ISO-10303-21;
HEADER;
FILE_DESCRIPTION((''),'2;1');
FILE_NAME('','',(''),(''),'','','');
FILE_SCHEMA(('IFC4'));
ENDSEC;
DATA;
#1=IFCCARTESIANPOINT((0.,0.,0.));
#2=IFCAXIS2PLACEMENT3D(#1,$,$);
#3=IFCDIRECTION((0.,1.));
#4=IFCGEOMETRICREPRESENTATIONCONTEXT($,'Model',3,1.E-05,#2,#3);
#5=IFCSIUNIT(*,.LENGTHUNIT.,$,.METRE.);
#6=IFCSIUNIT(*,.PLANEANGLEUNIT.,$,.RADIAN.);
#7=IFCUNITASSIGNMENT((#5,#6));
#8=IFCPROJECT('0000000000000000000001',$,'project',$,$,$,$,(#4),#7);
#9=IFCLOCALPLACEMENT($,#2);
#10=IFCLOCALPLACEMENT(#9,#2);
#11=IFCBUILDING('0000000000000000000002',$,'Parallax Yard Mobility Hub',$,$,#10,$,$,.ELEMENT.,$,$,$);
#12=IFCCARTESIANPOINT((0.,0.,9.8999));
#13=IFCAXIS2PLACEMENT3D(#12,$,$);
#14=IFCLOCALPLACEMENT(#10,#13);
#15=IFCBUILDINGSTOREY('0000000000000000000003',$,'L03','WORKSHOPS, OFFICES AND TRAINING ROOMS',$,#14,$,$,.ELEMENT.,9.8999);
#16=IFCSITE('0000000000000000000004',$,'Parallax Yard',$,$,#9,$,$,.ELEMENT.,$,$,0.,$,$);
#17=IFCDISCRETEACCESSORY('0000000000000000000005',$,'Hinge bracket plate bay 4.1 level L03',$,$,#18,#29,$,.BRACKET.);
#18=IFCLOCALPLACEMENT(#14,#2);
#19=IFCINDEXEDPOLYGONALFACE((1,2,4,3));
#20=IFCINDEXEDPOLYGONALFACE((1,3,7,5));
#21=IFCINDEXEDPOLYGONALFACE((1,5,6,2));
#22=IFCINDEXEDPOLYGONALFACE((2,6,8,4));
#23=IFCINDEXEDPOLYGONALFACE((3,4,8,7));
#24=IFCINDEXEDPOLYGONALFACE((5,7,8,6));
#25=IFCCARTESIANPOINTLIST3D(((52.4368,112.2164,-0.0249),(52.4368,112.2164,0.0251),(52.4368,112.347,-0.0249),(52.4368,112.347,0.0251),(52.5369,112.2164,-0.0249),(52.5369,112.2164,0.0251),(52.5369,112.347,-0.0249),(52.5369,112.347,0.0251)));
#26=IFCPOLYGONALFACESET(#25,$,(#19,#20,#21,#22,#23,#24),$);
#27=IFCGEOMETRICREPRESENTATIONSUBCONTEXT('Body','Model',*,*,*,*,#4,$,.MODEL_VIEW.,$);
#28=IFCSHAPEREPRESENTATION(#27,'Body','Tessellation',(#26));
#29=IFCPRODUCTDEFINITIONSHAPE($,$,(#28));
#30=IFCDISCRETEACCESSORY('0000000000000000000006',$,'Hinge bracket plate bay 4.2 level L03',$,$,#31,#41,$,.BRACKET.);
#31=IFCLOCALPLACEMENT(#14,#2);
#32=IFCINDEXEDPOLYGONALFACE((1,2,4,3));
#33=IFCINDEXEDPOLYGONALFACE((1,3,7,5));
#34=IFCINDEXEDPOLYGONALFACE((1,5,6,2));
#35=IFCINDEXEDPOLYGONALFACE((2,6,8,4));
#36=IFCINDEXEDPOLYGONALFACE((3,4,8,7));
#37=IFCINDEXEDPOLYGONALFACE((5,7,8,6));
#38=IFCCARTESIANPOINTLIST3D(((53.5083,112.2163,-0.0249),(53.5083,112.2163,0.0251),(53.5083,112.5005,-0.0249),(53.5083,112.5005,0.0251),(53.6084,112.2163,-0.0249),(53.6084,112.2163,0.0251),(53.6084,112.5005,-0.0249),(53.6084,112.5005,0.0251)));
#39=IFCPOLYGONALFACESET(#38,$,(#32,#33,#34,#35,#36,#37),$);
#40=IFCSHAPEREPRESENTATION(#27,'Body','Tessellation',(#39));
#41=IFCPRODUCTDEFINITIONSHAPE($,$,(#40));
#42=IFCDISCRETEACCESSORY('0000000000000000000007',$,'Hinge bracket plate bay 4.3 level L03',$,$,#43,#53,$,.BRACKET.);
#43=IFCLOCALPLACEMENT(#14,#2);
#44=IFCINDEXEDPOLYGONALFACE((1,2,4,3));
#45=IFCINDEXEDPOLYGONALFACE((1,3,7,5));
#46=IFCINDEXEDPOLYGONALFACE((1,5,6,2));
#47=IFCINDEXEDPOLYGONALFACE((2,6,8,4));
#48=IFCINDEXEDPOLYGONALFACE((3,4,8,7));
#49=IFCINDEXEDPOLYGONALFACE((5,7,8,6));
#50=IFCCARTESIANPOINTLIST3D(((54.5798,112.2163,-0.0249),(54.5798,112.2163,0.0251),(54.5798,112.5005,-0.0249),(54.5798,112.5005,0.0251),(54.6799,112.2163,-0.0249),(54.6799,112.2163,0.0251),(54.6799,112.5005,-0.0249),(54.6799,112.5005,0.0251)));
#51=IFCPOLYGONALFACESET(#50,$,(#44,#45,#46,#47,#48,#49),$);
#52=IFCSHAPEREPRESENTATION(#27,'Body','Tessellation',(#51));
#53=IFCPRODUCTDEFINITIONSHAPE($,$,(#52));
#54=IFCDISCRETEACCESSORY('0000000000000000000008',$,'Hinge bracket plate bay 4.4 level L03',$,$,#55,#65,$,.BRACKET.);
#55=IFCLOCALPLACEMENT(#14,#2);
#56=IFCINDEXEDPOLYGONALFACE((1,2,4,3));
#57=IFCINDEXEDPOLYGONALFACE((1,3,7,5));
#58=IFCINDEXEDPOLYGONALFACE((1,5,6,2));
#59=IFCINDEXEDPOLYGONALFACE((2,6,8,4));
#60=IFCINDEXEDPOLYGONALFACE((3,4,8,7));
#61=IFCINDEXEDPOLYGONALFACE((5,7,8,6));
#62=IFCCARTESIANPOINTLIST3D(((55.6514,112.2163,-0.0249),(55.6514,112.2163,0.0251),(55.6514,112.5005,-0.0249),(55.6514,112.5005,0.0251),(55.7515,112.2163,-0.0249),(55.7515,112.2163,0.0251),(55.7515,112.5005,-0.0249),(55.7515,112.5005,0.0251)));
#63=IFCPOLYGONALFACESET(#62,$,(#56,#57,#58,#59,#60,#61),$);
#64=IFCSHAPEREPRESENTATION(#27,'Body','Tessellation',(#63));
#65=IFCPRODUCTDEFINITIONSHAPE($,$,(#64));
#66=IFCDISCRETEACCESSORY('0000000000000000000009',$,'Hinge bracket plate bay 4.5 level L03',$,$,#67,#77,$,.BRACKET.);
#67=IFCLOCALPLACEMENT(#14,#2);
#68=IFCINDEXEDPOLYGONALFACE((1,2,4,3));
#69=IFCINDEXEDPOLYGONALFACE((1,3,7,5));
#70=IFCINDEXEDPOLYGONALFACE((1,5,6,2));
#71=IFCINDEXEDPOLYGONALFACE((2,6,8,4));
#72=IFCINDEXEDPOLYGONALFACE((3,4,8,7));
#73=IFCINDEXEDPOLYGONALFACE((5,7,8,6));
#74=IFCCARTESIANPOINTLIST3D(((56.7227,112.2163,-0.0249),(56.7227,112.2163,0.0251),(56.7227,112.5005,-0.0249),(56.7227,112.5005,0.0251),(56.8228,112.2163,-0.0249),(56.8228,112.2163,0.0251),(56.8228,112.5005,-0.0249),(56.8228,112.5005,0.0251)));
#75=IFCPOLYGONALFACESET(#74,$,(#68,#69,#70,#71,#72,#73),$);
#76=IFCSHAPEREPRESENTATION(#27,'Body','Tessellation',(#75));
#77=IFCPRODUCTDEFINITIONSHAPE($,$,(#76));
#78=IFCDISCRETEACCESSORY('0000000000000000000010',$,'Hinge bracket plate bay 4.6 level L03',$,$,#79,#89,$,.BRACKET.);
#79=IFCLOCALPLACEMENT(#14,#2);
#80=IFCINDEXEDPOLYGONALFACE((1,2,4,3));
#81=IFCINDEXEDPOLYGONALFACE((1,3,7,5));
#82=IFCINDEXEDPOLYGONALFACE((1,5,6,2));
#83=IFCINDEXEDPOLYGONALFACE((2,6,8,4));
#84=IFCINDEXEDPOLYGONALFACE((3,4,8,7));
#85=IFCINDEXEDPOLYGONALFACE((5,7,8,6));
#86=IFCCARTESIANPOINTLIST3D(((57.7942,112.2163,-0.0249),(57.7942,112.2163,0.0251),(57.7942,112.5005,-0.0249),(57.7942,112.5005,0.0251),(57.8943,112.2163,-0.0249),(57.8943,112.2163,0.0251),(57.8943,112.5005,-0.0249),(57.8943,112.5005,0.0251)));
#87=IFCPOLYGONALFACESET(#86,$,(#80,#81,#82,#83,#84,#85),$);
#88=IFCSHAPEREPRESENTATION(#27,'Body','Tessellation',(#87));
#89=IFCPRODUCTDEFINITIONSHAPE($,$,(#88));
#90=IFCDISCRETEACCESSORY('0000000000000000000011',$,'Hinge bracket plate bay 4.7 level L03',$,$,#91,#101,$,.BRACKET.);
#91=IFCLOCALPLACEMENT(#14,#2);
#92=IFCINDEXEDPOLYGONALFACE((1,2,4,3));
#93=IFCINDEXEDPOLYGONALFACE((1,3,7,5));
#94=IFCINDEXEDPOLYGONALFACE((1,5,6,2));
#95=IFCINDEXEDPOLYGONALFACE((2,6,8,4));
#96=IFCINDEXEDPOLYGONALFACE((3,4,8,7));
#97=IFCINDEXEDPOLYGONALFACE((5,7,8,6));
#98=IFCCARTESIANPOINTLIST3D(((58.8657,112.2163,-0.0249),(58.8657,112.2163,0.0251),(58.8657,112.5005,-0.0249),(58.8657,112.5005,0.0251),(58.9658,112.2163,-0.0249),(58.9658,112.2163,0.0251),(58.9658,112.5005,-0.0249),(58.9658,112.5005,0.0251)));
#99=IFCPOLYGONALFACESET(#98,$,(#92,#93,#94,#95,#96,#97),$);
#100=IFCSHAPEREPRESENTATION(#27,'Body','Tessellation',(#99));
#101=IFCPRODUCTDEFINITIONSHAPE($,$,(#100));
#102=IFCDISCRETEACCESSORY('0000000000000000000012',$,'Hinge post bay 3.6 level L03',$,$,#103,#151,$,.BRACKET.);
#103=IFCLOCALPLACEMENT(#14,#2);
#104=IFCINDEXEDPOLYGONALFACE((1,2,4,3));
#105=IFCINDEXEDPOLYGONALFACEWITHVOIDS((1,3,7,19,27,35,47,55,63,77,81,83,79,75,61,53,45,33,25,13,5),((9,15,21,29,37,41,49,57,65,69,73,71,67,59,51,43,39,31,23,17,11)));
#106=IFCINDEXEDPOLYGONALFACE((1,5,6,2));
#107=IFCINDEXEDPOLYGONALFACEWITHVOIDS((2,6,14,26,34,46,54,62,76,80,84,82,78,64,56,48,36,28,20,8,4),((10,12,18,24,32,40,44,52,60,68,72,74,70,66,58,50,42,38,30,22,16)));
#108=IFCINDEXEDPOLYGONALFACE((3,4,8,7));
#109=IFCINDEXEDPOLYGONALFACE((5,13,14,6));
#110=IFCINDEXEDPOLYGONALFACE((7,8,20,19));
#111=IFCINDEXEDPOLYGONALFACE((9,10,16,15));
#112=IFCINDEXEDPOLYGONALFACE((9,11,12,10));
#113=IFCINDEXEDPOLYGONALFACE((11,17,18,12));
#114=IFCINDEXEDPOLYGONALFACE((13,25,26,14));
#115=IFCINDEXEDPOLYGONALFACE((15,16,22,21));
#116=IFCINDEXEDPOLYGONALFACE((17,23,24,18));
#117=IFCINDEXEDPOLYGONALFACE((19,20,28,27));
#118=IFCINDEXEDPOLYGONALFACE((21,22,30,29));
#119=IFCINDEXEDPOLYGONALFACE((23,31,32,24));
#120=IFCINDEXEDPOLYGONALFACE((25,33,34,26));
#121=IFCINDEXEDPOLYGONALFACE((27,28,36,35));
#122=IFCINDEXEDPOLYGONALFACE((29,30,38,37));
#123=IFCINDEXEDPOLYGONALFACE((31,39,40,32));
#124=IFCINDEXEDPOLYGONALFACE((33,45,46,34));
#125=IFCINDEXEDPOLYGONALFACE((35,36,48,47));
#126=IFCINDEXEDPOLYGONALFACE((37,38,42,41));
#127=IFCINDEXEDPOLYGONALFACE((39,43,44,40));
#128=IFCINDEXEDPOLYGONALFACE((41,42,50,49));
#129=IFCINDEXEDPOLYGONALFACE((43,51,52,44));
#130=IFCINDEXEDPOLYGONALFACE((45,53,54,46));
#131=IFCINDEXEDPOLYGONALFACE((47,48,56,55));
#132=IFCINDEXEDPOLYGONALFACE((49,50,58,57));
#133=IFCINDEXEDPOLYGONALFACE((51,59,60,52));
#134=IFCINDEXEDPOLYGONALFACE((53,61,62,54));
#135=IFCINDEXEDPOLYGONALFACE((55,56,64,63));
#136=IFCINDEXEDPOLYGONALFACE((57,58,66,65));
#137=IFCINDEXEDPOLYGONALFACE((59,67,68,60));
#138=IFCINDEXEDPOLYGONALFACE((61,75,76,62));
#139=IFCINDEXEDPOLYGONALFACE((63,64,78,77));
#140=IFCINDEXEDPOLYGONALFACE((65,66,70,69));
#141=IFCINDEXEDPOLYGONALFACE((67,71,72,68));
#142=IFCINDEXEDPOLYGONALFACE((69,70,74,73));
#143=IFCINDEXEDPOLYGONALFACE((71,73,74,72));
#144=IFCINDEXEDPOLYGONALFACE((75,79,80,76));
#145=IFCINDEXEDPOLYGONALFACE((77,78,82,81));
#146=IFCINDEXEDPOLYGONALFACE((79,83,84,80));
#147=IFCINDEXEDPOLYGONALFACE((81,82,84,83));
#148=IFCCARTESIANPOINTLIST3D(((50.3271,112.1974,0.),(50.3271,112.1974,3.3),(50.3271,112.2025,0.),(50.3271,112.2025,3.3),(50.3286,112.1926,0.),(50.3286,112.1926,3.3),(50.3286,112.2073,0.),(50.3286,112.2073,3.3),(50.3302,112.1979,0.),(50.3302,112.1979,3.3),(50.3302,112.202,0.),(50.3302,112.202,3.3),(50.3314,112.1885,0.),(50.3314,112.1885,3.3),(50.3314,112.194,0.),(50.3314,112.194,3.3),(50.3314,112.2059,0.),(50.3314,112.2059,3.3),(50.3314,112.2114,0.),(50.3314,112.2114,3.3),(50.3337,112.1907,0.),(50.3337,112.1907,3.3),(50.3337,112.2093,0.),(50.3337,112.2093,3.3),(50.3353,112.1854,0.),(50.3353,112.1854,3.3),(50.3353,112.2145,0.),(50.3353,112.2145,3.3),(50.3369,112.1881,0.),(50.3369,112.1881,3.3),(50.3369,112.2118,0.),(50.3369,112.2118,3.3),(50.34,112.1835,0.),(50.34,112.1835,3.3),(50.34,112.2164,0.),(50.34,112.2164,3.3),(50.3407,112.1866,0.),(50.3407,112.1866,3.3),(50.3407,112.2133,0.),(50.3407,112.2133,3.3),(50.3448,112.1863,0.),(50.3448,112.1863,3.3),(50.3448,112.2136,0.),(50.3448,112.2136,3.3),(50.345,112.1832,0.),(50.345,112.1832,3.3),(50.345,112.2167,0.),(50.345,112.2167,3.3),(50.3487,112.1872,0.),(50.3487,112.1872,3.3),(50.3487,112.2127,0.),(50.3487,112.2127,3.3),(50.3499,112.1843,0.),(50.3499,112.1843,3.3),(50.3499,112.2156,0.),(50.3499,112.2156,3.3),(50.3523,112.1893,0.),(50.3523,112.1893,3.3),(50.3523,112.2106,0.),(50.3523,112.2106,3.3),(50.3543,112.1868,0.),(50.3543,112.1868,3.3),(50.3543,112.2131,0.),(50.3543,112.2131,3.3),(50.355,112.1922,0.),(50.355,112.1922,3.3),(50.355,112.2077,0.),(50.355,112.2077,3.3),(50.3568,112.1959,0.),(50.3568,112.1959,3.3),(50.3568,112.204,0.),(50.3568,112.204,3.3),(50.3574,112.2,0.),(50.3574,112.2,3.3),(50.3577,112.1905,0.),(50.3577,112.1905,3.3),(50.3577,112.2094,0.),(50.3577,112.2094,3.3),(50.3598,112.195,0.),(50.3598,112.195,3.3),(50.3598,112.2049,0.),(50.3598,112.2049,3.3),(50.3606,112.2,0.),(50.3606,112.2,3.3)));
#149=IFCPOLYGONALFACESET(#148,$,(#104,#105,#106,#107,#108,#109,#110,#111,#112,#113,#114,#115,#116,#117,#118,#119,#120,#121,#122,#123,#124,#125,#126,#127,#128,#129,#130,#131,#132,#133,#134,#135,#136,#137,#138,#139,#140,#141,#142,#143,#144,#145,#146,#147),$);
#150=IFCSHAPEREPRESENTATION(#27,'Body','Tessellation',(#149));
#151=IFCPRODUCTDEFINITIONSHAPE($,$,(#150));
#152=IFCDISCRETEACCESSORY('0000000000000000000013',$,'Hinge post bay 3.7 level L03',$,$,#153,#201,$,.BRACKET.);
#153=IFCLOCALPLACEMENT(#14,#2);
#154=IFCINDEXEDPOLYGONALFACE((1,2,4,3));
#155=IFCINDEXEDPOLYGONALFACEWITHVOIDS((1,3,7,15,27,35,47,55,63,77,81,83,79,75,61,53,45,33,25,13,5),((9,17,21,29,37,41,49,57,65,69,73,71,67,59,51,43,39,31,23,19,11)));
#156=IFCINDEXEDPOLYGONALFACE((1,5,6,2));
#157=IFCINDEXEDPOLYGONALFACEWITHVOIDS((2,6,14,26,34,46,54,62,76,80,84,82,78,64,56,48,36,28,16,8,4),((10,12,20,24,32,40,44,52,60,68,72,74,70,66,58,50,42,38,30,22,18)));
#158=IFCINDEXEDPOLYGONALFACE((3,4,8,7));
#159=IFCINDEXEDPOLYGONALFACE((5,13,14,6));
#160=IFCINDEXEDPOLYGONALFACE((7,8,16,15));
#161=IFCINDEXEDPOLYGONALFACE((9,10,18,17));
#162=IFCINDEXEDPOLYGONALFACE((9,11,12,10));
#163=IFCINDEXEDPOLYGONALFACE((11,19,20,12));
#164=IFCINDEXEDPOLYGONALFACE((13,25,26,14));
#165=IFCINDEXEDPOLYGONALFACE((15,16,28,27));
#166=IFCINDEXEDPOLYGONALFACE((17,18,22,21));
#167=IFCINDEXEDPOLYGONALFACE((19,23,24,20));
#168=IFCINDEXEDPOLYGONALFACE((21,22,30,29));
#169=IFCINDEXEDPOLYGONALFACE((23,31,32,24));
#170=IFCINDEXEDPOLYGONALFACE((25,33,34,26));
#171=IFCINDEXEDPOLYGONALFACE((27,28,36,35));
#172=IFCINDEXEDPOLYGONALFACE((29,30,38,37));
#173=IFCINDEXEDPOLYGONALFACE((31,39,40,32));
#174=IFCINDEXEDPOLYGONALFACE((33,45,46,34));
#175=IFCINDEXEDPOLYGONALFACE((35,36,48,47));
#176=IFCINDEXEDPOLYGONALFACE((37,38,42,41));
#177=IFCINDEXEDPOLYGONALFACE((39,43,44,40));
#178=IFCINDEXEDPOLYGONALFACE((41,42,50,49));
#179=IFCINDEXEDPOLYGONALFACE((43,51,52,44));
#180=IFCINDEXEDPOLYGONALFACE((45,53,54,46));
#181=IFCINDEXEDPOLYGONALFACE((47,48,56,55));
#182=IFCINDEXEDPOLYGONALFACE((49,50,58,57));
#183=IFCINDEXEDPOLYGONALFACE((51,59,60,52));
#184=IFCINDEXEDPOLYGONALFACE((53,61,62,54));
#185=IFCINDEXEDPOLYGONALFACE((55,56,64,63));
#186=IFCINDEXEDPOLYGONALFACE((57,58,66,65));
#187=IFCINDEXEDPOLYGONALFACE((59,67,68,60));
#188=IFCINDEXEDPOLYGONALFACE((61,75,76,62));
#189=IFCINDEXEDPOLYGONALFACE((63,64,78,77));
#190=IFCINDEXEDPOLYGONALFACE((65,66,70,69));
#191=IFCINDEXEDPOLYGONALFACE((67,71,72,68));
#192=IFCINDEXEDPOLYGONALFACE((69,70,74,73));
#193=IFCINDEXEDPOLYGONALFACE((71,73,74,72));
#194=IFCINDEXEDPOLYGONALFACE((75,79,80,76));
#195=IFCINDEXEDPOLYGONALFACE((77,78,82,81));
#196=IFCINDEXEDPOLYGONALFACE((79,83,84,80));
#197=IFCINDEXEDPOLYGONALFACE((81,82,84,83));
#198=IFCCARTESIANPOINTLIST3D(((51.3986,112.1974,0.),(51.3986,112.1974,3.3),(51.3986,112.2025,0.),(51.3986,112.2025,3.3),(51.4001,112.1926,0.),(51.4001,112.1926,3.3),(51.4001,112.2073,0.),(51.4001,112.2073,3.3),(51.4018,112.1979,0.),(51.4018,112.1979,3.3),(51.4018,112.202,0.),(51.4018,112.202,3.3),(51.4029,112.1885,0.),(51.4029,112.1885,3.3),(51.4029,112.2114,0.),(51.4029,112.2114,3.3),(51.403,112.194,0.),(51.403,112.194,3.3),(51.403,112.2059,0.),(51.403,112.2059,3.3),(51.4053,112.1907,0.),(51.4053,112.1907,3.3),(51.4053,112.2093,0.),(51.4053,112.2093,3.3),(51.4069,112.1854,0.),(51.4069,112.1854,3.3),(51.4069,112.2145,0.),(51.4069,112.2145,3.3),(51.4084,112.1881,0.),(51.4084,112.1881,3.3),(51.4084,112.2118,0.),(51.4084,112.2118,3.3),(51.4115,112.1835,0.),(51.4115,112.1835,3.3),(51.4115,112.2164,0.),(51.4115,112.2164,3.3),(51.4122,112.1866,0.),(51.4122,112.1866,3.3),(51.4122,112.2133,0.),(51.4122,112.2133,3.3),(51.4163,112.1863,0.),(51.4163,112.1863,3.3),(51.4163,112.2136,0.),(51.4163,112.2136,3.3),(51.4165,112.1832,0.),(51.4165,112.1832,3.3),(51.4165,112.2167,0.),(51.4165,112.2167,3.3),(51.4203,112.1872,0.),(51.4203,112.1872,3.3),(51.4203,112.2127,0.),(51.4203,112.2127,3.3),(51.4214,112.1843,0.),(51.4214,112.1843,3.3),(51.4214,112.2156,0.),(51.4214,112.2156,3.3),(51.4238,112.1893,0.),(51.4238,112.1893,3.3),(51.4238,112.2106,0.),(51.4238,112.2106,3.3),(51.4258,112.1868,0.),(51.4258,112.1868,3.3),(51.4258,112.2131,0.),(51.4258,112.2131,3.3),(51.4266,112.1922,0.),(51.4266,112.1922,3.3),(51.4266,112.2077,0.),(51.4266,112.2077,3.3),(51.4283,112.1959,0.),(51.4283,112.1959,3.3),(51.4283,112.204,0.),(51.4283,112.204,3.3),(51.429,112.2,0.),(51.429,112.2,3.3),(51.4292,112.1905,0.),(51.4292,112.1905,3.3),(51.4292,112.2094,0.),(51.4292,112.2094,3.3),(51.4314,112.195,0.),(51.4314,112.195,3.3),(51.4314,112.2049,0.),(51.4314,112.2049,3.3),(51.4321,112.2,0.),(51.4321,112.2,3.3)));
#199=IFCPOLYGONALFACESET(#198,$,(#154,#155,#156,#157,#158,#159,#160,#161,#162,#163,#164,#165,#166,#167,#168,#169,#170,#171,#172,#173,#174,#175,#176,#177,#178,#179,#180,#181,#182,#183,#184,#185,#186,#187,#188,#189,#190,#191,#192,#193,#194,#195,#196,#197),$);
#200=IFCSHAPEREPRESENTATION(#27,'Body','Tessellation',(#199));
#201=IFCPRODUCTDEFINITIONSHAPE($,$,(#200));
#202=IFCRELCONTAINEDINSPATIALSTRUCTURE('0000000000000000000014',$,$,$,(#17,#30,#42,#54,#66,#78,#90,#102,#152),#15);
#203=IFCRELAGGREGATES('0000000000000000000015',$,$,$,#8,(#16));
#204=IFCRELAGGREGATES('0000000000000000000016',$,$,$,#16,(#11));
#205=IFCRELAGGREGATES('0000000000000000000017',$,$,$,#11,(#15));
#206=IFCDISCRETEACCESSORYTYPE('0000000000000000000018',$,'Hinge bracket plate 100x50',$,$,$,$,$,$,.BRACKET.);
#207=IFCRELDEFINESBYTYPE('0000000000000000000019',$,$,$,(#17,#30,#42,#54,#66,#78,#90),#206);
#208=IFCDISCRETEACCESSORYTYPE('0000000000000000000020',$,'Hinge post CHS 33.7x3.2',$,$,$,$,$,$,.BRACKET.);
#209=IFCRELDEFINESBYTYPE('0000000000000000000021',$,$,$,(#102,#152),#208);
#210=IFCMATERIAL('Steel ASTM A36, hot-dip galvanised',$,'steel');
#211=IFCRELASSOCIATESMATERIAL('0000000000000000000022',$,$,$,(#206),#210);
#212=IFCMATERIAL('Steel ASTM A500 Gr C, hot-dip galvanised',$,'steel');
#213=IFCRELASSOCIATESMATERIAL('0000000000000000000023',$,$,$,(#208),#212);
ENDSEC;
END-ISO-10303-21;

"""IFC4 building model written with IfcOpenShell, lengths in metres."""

from ifc_helpers import new_model, si_unit, direction, frame, origin, origin_2d, place, context, subcontext, project, spatial, rectangle, hollow_circle, extrude, material, material_profile, profile_set, type_object, element, save


model = new_model("IFC4")

# Units and contexts
model_context = context("Model", 3, precision=1e-05, world=origin(), true_north=direction((0.0, 1.0)))
body_context = subcontext(model_context, "Body", "Model", "MODEL_VIEW")
ifc_project = project(units=[si_unit("LENGTHUNIT", "METRE"), si_unit("PLANEANGLEUNIT", "RADIAN")], contexts=[model_context])

# Site, building, storey
site_placement = place(None, origin())
site = spatial("IfcSite", under=ifc_project, at=site_placement, Name="Parallax Yard", CompositionType="ELEMENT", RefElevation=0.0)
building_placement = place(site_placement, origin())
building = spatial("IfcBuilding", under=site, at=building_placement, Name="Parallax Yard Mobility Hub", CompositionType="ELEMENT")
storey_placement = place(building_placement, frame((0.0, 0.0, 9.8999)))
storey = spatial("IfcBuildingStorey", under=building, at=storey_placement, Name="L03", Description="WORKSHOPS, OFFICES AND TRAINING ROOMS", CompositionType="ELEMENT", Elevation=9.8999)

# Discrete accessories
ifc_material_1 = material(Name="Steel ASTM A36, hot-dip galvanised", Category="steel")
discrete_accessory_type_1 = type_object("IfcDiscreteAccessoryType", Name="Hinge bracket plate 100x50", PredefinedType="BRACKET", material=ifc_material_1)
discrete_accessory_placement = place(storey_placement, frame((52.4868, 112.2817, -0.0249), z_axis=(0.0, 0.0, 1.0), x_axis=(0.0, -1.0, 0.0)))
element("IfcDiscreteAccessory", 1, at=discrete_accessory_placement, inside=storey, type_object=discrete_accessory_type_1, Name="Hinge bracket plate bay 4.1 level L03", PredefinedType="BRACKET", context=body_context, shape_type="SweptSolid", body=[
    extrude(rectangle(XDim=0.1306, YDim=0.1001, at=origin_2d()), origin(), (0.0, 0.0, 1.0), 0.05),
])
for number, where, z_axis, x_axis, name in (
    (2, (53.5583, 112.3584, -0.0249), (0.0, 0.0, 1.0), (0.0, -1.0, 0.0), "Hinge bracket plate bay 4.2 level L03"),
    (3, (54.6299, 112.3584, -0.0249), (0.0, 0.0, 1.0), (0.0, -1.0, 0.0), "Hinge bracket plate bay 4.3 level L03"),
    (4, (55.7014, 112.3584, -0.0249), (0.0, 0.0, 1.0), (0.0, -1.0, 0.0), "Hinge bracket plate bay 4.4 level L03"),
    (5, (56.7727, 112.3584, -0.0249), (0.0, 0.0, 1.0), (0.0, -1.0, 0.0), "Hinge bracket plate bay 4.5 level L03"),
    (6, (57.8442, 112.3584, -0.0249), (0.0, 0.0, 1.0), (0.0, -1.0, 0.0), "Hinge bracket plate bay 4.6 level L03"),
    (7, (58.9158, 112.3584, -0.0249), (0.0, 0.0, 1.0), (0.0, -1.0, 0.0), "Hinge bracket plate bay 4.7 level L03"),
):
    element("IfcDiscreteAccessory", number, at=place(storey_placement, frame(where, z_axis=z_axis, x_axis=x_axis)), inside=storey, type_object=discrete_accessory_type_1, Name=name, PredefinedType="BRACKET", context=body_context, shape_type="SweptSolid", body=[
        extrude(rectangle(XDim=0.2842, YDim=0.1001, at=origin_2d()), origin(), (0.0, 0.0, 1.0), 0.05),
    ])
ifc_material_2 = material(Name="Steel ASTM A500 Gr C, hot-dip galvanised", Category="steel")
ifc_material_profile_1 = material_profile(ifc_material_2, hollow_circle(Radius=0.0168, WallThickness=0.0032, at=origin_2d()), Name="CHS 33.7x3.2")
ifc_profile_set_1 = profile_set([ifc_material_profile_1], Name="Steel ASTM A500 Gr C, hot-dip galvanised")
discrete_accessory_type_2 = type_object("IfcDiscreteAccessoryType", Name="Hinge post CHS 33.7x3.2", PredefinedType="BRACKET", material=ifc_profile_set_1)
for number, where, z_axis, x_axis, name in (
    (8, (50.3438, 112.2, 0.0), (0.0, 0.0, 1.0), (1.0, 0.0, 0.0), "Hinge post bay 3.6 level L03"),
    (9, (51.4153, 112.2, 0.0), (0.0, 0.0, 1.0), (1.0, 0.0, 0.0), "Hinge post bay 3.7 level L03"),
):
    element("IfcDiscreteAccessory", number, at=place(storey_placement, frame(where, z_axis=z_axis, x_axis=x_axis)), inside=storey, type_object=discrete_accessory_type_2, Name=name, PredefinedType="BRACKET", context=body_context, shape_type="SweptSolid", body=[
        extrude(hollow_circle(Radius=0.0168, WallThickness=0.0032, at=origin_2d()), origin(), (0.0, 0.0, 1.0), 3.3),
    ])

save(model, "model.ifc")
